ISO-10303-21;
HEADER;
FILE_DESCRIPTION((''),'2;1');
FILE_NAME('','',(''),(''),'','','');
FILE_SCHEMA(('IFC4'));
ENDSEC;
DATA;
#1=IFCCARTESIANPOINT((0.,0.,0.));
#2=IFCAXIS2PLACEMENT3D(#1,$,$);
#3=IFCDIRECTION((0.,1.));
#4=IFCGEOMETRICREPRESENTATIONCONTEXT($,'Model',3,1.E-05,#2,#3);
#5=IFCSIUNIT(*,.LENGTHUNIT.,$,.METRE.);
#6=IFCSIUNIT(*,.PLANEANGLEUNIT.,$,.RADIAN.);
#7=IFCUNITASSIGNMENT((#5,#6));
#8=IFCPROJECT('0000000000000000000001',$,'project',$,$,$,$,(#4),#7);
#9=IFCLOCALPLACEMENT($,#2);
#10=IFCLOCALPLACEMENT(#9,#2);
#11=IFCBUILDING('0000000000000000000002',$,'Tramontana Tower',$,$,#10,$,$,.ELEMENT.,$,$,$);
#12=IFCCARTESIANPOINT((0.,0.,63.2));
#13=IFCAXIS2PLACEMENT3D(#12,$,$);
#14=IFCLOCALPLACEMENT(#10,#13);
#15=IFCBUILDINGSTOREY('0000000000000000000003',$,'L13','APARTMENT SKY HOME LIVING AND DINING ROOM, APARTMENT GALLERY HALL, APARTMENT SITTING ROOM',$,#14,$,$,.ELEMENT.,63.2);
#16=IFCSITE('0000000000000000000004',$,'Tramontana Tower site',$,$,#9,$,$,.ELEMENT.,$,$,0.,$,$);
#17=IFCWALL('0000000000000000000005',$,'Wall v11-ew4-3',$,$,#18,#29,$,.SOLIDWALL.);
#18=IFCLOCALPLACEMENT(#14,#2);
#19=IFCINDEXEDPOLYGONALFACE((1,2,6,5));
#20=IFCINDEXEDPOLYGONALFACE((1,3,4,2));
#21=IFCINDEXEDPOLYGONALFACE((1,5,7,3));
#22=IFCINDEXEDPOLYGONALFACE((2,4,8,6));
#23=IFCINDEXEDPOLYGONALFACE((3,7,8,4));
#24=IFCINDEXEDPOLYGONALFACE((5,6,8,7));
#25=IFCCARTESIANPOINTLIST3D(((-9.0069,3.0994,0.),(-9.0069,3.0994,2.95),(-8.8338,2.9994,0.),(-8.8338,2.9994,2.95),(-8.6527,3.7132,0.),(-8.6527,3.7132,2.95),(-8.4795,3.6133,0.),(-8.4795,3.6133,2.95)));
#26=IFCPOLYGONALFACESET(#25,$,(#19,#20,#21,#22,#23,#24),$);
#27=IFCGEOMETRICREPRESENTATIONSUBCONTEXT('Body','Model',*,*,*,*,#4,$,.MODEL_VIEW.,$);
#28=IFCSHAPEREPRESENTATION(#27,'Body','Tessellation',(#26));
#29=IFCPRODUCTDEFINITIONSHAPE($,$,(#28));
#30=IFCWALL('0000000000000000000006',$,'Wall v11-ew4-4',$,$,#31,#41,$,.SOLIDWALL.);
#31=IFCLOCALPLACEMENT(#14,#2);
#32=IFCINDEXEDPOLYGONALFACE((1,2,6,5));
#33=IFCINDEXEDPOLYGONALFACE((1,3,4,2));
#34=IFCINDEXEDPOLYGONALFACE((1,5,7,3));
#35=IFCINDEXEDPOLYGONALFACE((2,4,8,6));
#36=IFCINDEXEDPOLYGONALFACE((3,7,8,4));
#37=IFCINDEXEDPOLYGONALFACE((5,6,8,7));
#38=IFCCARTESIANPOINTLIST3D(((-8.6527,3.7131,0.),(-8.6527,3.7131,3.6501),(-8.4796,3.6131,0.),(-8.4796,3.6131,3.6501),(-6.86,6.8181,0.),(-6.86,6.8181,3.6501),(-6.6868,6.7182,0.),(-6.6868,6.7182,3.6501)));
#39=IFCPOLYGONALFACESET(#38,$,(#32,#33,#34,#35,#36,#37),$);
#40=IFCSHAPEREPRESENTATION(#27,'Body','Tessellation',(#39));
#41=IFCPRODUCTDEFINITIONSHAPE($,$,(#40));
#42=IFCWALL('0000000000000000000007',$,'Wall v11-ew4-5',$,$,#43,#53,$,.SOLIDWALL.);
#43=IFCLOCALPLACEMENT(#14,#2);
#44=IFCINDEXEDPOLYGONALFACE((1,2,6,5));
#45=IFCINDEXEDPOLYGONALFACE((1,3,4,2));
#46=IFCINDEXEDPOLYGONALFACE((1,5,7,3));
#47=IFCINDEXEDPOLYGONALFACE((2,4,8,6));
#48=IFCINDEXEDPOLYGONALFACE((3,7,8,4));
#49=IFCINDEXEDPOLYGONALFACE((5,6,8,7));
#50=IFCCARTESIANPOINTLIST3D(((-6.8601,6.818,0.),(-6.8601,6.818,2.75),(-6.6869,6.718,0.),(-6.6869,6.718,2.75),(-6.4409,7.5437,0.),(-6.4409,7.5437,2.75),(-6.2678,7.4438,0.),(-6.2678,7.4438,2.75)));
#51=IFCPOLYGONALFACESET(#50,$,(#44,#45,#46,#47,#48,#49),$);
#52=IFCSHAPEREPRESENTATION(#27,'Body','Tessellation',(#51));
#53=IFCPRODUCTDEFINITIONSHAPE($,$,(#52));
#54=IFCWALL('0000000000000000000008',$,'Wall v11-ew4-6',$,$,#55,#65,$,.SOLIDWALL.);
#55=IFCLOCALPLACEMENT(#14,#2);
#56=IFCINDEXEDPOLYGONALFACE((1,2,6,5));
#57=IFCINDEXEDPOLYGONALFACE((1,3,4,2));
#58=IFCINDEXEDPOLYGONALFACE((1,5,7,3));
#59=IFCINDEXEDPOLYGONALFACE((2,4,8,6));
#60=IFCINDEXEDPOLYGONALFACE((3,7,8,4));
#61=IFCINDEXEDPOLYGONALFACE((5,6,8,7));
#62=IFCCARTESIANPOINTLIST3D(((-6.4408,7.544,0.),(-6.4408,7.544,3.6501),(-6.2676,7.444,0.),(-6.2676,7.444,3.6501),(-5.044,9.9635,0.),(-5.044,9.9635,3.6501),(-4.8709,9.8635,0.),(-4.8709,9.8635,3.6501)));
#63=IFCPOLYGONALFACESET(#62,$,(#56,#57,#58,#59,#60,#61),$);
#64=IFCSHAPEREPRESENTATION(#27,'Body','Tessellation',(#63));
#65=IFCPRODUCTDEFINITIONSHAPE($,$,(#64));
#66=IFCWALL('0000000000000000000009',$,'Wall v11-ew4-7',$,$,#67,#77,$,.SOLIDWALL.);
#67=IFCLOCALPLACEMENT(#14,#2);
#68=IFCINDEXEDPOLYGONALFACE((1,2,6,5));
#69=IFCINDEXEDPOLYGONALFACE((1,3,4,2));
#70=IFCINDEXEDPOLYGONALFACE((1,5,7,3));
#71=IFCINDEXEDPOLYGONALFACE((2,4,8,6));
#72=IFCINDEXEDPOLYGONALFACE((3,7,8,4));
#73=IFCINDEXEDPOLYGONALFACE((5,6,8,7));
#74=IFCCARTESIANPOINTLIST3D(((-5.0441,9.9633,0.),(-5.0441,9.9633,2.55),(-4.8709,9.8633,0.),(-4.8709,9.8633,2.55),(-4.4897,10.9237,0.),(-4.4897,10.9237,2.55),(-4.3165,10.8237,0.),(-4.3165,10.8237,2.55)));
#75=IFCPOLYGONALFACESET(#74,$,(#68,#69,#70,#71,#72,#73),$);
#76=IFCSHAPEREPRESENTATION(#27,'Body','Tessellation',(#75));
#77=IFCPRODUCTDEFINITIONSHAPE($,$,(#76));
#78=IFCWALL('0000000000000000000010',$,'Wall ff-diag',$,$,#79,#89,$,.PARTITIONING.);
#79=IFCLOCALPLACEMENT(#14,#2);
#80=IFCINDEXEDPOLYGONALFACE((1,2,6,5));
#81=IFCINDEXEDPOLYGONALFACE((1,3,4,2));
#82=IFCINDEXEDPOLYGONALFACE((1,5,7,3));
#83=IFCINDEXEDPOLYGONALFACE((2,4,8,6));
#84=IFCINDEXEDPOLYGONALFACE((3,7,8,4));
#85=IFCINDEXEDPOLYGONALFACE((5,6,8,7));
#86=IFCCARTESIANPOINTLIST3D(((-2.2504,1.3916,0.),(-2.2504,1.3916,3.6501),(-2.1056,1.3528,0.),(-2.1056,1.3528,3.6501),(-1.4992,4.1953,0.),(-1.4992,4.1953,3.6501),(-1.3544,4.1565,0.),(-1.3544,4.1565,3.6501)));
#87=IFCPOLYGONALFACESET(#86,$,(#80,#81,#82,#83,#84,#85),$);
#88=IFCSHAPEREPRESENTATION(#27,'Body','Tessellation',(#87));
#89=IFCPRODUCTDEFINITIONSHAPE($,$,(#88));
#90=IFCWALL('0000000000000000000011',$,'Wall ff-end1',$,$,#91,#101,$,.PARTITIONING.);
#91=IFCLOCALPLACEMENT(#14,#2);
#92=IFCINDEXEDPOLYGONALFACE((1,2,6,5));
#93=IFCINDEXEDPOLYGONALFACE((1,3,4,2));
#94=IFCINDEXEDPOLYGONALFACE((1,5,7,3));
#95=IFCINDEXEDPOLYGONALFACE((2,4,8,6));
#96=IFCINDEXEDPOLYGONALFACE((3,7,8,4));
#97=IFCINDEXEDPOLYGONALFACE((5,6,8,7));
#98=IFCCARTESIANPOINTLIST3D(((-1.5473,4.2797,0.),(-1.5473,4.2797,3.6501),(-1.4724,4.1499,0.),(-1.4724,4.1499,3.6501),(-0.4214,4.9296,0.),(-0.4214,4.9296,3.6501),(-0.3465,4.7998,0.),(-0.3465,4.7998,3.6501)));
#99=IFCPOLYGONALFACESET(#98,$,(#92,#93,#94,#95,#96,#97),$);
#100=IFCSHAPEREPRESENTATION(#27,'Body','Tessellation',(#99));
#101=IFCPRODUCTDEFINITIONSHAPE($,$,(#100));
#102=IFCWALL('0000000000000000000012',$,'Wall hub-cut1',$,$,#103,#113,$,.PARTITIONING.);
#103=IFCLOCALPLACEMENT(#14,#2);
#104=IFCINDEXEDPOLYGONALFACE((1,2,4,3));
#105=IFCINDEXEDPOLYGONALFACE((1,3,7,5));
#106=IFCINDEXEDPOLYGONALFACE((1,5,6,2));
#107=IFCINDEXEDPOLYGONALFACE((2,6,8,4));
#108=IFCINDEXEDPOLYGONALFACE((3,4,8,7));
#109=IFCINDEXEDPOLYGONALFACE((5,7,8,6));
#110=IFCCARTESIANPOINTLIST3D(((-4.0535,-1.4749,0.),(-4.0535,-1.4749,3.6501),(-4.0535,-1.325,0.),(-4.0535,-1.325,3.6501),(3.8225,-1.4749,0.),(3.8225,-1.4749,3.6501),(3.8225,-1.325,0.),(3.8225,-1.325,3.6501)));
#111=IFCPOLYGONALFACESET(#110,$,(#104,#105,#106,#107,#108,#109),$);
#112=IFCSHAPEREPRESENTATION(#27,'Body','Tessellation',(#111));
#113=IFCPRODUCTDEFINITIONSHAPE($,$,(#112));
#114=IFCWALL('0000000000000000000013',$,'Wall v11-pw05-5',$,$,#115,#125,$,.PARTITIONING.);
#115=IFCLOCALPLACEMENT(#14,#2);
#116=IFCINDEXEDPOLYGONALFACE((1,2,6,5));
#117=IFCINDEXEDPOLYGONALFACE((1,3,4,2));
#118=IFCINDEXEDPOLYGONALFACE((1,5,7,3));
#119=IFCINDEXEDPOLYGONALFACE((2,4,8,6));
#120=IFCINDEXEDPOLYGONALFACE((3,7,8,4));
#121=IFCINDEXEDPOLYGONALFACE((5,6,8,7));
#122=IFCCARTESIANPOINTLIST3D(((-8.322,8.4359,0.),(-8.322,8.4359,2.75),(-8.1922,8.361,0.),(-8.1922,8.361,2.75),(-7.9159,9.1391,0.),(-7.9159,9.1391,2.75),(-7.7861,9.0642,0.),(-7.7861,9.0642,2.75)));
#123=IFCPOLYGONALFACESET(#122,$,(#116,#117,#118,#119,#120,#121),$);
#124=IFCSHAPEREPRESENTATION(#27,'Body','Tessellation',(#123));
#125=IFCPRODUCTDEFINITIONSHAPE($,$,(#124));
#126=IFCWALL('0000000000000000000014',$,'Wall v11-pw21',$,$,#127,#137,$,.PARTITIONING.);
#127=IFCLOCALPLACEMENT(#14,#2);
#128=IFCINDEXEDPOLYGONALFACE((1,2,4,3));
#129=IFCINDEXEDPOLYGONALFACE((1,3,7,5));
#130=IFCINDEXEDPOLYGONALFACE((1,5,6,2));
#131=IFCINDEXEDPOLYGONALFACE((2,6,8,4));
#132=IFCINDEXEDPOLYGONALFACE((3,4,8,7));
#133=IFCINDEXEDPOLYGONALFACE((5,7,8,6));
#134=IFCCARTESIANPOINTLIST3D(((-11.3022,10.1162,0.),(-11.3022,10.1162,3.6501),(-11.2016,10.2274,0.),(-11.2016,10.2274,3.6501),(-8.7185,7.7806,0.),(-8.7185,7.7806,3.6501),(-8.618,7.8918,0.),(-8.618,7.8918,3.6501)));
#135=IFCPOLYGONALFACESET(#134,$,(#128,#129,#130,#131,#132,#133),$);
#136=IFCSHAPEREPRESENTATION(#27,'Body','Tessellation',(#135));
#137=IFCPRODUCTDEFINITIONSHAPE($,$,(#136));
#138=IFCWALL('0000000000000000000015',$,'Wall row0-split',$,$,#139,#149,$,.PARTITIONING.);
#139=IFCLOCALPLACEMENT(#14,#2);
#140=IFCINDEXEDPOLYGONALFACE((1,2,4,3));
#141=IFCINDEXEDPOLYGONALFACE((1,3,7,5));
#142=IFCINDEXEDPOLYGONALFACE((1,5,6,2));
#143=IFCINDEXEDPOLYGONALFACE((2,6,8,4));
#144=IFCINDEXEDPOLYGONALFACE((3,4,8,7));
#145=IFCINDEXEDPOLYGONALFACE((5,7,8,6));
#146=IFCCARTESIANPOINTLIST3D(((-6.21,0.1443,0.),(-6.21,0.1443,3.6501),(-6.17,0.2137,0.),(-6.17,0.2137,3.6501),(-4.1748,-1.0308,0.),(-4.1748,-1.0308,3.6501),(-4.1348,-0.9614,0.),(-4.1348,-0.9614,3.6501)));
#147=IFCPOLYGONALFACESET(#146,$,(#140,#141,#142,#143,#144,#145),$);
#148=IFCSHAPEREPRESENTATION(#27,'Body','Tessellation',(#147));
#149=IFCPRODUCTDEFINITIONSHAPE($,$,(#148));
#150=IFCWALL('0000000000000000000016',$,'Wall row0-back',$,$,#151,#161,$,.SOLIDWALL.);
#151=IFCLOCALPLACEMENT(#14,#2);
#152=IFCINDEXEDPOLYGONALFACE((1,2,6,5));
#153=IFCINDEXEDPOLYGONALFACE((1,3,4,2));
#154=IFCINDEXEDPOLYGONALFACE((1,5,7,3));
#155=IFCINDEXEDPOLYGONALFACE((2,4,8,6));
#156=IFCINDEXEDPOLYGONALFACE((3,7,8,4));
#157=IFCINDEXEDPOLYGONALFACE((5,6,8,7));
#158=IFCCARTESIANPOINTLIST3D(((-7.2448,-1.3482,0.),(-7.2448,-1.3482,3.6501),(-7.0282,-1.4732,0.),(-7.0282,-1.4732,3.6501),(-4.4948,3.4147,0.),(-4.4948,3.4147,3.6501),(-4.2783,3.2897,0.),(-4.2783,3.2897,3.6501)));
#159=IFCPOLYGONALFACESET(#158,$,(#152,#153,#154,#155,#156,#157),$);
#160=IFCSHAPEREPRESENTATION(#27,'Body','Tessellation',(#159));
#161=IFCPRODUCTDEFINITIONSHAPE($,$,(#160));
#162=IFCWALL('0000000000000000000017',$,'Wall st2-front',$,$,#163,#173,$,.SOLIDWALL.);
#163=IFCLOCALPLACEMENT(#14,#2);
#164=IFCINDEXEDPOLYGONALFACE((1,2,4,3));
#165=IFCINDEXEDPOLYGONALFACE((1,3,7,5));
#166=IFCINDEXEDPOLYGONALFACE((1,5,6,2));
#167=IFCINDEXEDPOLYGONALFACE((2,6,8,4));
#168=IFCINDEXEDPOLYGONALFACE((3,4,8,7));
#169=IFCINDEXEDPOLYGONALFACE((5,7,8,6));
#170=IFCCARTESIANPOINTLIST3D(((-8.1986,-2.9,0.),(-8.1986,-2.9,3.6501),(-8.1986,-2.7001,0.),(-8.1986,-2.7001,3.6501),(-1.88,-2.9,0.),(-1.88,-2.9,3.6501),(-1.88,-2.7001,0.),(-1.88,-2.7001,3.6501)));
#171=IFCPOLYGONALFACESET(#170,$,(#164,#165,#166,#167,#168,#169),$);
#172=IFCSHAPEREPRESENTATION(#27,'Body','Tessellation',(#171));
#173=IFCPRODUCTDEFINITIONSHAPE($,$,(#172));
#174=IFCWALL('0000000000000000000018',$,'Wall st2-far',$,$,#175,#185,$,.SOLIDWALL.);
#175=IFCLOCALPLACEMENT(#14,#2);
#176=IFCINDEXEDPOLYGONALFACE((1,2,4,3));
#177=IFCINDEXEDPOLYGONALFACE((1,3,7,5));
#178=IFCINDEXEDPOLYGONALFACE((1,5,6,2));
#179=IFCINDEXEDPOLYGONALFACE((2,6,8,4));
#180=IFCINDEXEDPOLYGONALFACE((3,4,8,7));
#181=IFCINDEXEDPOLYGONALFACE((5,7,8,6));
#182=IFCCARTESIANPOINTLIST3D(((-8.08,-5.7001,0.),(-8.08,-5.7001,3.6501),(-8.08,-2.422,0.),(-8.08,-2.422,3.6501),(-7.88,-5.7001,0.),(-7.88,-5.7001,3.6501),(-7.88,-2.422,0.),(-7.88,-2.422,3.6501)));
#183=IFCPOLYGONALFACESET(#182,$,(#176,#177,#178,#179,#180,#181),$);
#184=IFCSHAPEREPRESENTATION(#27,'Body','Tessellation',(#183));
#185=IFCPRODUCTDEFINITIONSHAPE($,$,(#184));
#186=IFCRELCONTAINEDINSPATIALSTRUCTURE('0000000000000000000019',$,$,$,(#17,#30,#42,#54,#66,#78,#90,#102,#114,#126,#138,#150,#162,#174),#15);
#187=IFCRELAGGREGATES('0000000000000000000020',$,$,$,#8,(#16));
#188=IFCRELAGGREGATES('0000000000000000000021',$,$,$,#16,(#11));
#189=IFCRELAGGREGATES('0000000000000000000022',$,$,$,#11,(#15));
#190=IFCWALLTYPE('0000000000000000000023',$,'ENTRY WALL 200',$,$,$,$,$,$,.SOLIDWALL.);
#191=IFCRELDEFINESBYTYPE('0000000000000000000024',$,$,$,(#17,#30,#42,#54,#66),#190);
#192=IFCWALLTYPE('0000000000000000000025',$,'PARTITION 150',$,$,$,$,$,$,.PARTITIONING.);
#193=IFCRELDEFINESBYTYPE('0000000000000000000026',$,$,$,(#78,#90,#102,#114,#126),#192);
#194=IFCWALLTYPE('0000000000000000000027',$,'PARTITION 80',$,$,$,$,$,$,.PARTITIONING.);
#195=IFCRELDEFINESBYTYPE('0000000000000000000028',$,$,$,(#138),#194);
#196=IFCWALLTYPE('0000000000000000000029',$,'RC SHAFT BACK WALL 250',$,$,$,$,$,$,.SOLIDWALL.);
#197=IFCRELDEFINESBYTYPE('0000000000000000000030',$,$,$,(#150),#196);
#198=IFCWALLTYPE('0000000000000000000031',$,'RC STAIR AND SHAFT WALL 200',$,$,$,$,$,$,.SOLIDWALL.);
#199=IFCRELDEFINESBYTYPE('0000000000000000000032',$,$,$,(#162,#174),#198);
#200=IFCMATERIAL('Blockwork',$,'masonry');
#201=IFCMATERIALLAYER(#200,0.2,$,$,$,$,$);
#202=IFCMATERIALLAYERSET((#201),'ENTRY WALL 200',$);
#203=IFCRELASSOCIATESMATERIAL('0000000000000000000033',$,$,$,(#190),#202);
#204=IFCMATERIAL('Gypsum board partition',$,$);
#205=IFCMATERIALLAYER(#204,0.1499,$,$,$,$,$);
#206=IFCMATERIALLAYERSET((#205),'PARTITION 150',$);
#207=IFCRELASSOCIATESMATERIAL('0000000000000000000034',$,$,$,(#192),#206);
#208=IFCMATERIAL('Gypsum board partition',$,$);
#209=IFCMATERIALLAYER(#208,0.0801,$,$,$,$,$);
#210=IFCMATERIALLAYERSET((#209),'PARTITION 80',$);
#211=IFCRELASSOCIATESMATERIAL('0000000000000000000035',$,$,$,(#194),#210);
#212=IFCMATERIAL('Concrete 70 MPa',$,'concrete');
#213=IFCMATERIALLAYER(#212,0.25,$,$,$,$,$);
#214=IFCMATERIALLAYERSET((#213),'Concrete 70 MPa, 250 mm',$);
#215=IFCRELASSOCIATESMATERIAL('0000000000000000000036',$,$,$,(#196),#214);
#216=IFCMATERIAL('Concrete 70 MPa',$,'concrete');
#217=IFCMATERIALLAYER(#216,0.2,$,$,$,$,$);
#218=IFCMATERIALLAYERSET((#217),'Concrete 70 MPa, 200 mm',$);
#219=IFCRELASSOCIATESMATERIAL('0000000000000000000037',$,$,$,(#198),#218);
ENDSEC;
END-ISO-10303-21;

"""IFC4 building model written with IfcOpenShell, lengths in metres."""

from ifc_helpers import new_model, si_unit, direction, frame, frame_2d, origin, place, context, subcontext, project, spatial, rectangle, extrude, material, layer, layer_set, type_object, element, save


model = new_model("IFC4")

# Units and contexts
model_context = context("Model", 3, precision=1e-05, world=origin(), true_north=direction((0.0, 1.0)))
body_context = subcontext(model_context, "Body", "Model", "MODEL_VIEW")
ifc_project = project(units=[si_unit("LENGTHUNIT", "METRE"), si_unit("PLANEANGLEUNIT", "RADIAN")], contexts=[model_context])

# Site, building, storey
site_placement = place(None, origin())
site = spatial("IfcSite", under=ifc_project, at=site_placement, Name="Tramontana Tower site", CompositionType="ELEMENT", RefElevation=0.0)
building_placement = place(site_placement, origin())
building = spatial("IfcBuilding", under=site, at=building_placement, Name="Tramontana Tower", CompositionType="ELEMENT")
storey_placement = place(building_placement, frame((0.0, 0.0, 63.2)))
storey = spatial("IfcBuildingStorey", under=building, at=storey_placement, Name="L13", Description="APARTMENT SKY HOME LIVING AND DINING ROOM, APARTMENT GALLERY HALL, APARTMENT SITTING ROOM", CompositionType="ELEMENT", Elevation=63.2)

# Walls
ifc_material_1 = material(Name="Blockwork", Category="masonry")
ifc_layer_1 = layer(ifc_material_1, 0.2)
ifc_layer_set_1 = layer_set([ifc_layer_1], Name="ENTRY WALL 200")
wall_type_1 = type_object("IfcWallType", Name="ENTRY WALL 200", PredefinedType="SOLIDWALL", material=ifc_layer_set_1)
wall_1_placement = place(storey_placement, frame((-8.9204, 3.0493, 0.0), z_axis=(0.0, 0.0, 1.0), x_axis=(0.499882, 0.866094, 0.0)))
element("IfcWall", 1, at=wall_1_placement, inside=storey, type_object=wall_type_1, Name="Wall v11-ew4-3", PredefinedType="SOLIDWALL", context=body_context, shape_type="SweptSolid", body=[
    extrude(rectangle(XDim=0.7087, YDim=0.2, at=frame_2d((0.3545, 0.0))), origin(), (0.0, 0.0, 1.0), 2.95),
])
wall_2_placement = place(storey_placement, frame((-8.5662, 3.6631, 0.0), z_axis=(0.0, 0.0, 1.0), x_axis=(0.500013, 0.866018, 0.0)))
element("IfcWall", 2, at=wall_2_placement, inside=storey, type_object=wall_type_1, Name="Wall v11-ew4-4", PredefinedType="SOLIDWALL", context=body_context, shape_type="SweptSolid", body=[
    extrude(rectangle(XDim=3.5854, YDim=0.2, at=frame_2d((1.7927, 0.0))), origin(), (0.0, 0.0, 1.0), 3.6501),
])
wall_3_placement = place(storey_placement, frame((-6.7734, 6.7681, 0.0), z_axis=(0.0, 0.0, 1.0), x_axis=(0.500117, 0.865958, 0.0)))
element("IfcWall", 3, at=wall_3_placement, inside=storey, type_object=wall_type_1, Name="Wall v11-ew4-5", PredefinedType="SOLIDWALL", context=body_context, shape_type="SweptSolid", body=[
    extrude(rectangle(XDim=0.8381, YDim=0.2, at=frame_2d((0.4189, 0.0))), origin(), (0.0, 0.0, 1.0), 2.75),
])
wall_4_placement = place(storey_placement, frame((-6.3542, 7.4939, 0.0), z_axis=(0.0, 0.0, 1.0), x_axis=(0.499965, 0.866046, 0.0)))
element("IfcWall", 4, at=wall_4_placement, inside=storey, type_object=wall_type_1, Name="Wall v11-ew4-6", PredefinedType="SOLIDWALL", context=body_context, shape_type="SweptSolid", body=[
    extrude(rectangle(XDim=2.7937, YDim=0.2, at=frame_2d((1.397, 0.0))), origin(), (0.0, 0.0, 1.0), 3.6501),
])
wall_5_placement = place(storey_placement, frame((-4.9575, 9.9133, 0.0), z_axis=(0.0, 0.0, 1.0), x_axis=(0.499951, 0.866054, 0.0)))
element("IfcWall", 5, at=wall_5_placement, inside=storey, type_object=wall_type_1, Name="Wall v11-ew4-7", PredefinedType="SOLIDWALL", context=body_context, shape_type="SweptSolid", body=[
    extrude(rectangle(XDim=1.1089, YDim=0.2, at=frame_2d((0.5544, 0.0))), origin(), (0.0, 0.0, 1.0), 2.55),
])
ifc_material_2 = material(Name="Gypsum board partition")
ifc_layer_2 = layer(ifc_material_2, 0.1499)
ifc_layer_set_2 = layer_set([ifc_layer_2], Name="PARTITION 150")
wall_type_2 = type_object("IfcWallType", Name="PARTITION 150", PredefinedType="PARTITIONING", material=ifc_layer_set_2)
wall_6_placement = place(storey_placement, frame((-2.178, 1.3723, 0.0), z_axis=(0.0, 0.0, 1.0), x_axis=(0.258809, 0.965929, 0.0)))
element("IfcWall", 6, at=wall_6_placement, inside=storey, type_object=wall_type_2, Name="Wall ff-diag", PredefinedType="PARTITIONING", context=body_context, shape_type="SweptSolid", body=[
    extrude(rectangle(XDim=2.9026, YDim=0.1499, at=frame_2d((1.4512, 0.0))), origin(), (0.0, 0.0, 1.0), 3.6501),
])
wall_7_placement = place(storey_placement, frame((-1.5098, 4.2148, 0.0), z_axis=(0.0, 0.0, 1.0), x_axis=(0.866086, 0.499896, 0.0)))
element("IfcWall", 7, at=wall_7_placement, inside=storey, type_object=wall_type_2, Name="Wall ff-end1", PredefinedType="PARTITIONING", context=body_context, shape_type="SweptSolid", body=[
    extrude(rectangle(XDim=1.3, YDim=0.1499, at=frame_2d((0.6499, 0.0))), origin(), (0.0, 0.0, 1.0), 3.6501),
])
wall_8_placement = place(storey_placement, frame((-4.0535, -1.3999, 0.0), z_axis=(0.0, 0.0, 1.0), x_axis=(1.0, 0.0, 0.0)))
element("IfcWall", 8, at=wall_8_placement, inside=storey, type_object=wall_type_2, Name="Wall hub-cut1", PredefinedType="PARTITIONING", context=body_context, shape_type="SweptSolid", body=[
    extrude(rectangle(XDim=7.876, YDim=0.1499, at=frame_2d((3.938, 0.0))), origin(), (0.0, 0.0, 1.0), 3.6501),
])
wall_9_placement = place(storey_placement, frame((-8.2571, 8.3984, 0.0), z_axis=(0.0, 0.0, 1.0), x_axis=(0.500052, 0.865995, 0.0)))
element("IfcWall", 9, at=wall_9_placement, inside=storey, type_object=wall_type_2, Name="Wall v11-pw05-5", PredefinedType="PARTITIONING", context=body_context, shape_type="SweptSolid", body=[
    extrude(rectangle(XDim=0.812, YDim=0.1499, at=frame_2d((0.406, 0.0))), origin(), (0.0, 0.0, 1.0), 2.75),
])

# Walls
wall_10_placement = place(storey_placement, frame((-8.6682, 7.8362, 0.0), z_axis=(0.0, 0.0, 1.0), x_axis=(-0.741818, 0.670601, 0.0)))
element("IfcWall", 10, at=wall_10_placement, inside=storey, type_object=wall_type_2, Name="Wall v11-pw21", PredefinedType="PARTITIONING", context=body_context, shape_type="SweptSolid", body=[
    extrude(rectangle(XDim=3.4829, YDim=0.1499, at=frame_2d((1.7415, 0.0))), origin(), (0.0, 0.0, 1.0), 3.6501),
])
ifc_material_3 = material(Name="Gypsum board partition")
ifc_layer_3 = layer(ifc_material_3, 0.0801)
ifc_layer_set_3 = layer_set([ifc_layer_3], Name="PARTITION 80")
wall_type_3 = type_object("IfcWallType", Name="PARTITION 80", PredefinedType="PARTITIONING", material=ifc_layer_set_3)
wall_11_placement = place(storey_placement, frame((-4.1548, -0.9961, 0.0), z_axis=(0.0, 0.0, 1.0), x_axis=(-0.866016, 0.500016, 0.0)))
element("IfcWall", 11, at=wall_11_placement, inside=storey, type_object=wall_type_3, Name="Wall row0-split", PredefinedType="PARTITIONING", context=body_context, shape_type="SweptSolid", body=[
    extrude(rectangle(XDim=2.3501, YDim=0.0801, at=frame_2d((1.175, 0.0))), origin(), (0.0, 0.0, 1.0), 3.6501),
])
ifc_material_4 = material(Name="Concrete 70 MPa", Category="concrete")
ifc_layer_4 = layer(ifc_material_4, 0.25)
ifc_layer_set_4 = layer_set([ifc_layer_4], Name="Concrete 70 MPa, 250 mm")
wall_type_4 = type_object("IfcWallType", Name="RC SHAFT BACK WALL 250", PredefinedType="SOLIDWALL", material=ifc_layer_set_4)
wall_12_placement = place(storey_placement, frame((-4.3865, 3.3523, 0.0), z_axis=(0.0, 0.0, 1.0), x_axis=(-0.500016, -0.866016, 0.0)))
element("IfcWall", 12, at=wall_12_placement, inside=storey, type_object=wall_type_4, Name="Wall row0-back", PredefinedType="SOLIDWALL", context=body_context, shape_type="SweptSolid", body=[
    extrude(rectangle(XDim=5.4998, YDim=0.25, at=frame_2d((2.75, 0.0))), origin(), (0.0, 0.0, 1.0), 3.6501),
])

# Shared definitions
ifc_material_5 = material(Name="Concrete 70 MPa", Category="concrete")
ifc_layer_5 = layer(ifc_material_5, 0.2)
ifc_layer_set_5 = layer_set([ifc_layer_5], Name="Concrete 70 MPa, 200 mm")
wall_type_5 = type_object("IfcWallType", Name="RC STAIR AND SHAFT WALL 200", PredefinedType="SOLIDWALL", material=ifc_layer_set_5)

# Walls
wall_13_placement = place(storey_placement, frame((-8.1985, -2.8, 0.0), z_axis=(0.0, 0.0, 1.0), x_axis=(1.0, 0.0, 0.0)))
element("IfcWall", 13, at=wall_13_placement, inside=storey, type_object=wall_type_5, Name="Wall st2-front", PredefinedType="SOLIDWALL", context=body_context, shape_type="SweptSolid", body=[
    extrude(rectangle(XDim=6.3186, YDim=0.2, at=frame_2d((3.1592, 0.0))), origin(), (0.0, 0.0, 1.0), 3.6501),
])
wall_14_placement = place(storey_placement, frame((-7.98, -2.4219, 0.0), z_axis=(0.0, 0.0, 1.0), x_axis=(0.0, -1.0, 0.0)))
element("IfcWall", 14, at=wall_14_placement, inside=storey, type_object=wall_type_5, Name="Wall st2-far", PredefinedType="SOLIDWALL", context=body_context, shape_type="SweptSolid", body=[
    extrude(rectangle(XDim=3.2781, YDim=0.2, at=frame_2d((1.6392, 0.0))), origin(), (0.0, 0.0, 1.0), 3.6501),
])

save(model, "model.ifc")
